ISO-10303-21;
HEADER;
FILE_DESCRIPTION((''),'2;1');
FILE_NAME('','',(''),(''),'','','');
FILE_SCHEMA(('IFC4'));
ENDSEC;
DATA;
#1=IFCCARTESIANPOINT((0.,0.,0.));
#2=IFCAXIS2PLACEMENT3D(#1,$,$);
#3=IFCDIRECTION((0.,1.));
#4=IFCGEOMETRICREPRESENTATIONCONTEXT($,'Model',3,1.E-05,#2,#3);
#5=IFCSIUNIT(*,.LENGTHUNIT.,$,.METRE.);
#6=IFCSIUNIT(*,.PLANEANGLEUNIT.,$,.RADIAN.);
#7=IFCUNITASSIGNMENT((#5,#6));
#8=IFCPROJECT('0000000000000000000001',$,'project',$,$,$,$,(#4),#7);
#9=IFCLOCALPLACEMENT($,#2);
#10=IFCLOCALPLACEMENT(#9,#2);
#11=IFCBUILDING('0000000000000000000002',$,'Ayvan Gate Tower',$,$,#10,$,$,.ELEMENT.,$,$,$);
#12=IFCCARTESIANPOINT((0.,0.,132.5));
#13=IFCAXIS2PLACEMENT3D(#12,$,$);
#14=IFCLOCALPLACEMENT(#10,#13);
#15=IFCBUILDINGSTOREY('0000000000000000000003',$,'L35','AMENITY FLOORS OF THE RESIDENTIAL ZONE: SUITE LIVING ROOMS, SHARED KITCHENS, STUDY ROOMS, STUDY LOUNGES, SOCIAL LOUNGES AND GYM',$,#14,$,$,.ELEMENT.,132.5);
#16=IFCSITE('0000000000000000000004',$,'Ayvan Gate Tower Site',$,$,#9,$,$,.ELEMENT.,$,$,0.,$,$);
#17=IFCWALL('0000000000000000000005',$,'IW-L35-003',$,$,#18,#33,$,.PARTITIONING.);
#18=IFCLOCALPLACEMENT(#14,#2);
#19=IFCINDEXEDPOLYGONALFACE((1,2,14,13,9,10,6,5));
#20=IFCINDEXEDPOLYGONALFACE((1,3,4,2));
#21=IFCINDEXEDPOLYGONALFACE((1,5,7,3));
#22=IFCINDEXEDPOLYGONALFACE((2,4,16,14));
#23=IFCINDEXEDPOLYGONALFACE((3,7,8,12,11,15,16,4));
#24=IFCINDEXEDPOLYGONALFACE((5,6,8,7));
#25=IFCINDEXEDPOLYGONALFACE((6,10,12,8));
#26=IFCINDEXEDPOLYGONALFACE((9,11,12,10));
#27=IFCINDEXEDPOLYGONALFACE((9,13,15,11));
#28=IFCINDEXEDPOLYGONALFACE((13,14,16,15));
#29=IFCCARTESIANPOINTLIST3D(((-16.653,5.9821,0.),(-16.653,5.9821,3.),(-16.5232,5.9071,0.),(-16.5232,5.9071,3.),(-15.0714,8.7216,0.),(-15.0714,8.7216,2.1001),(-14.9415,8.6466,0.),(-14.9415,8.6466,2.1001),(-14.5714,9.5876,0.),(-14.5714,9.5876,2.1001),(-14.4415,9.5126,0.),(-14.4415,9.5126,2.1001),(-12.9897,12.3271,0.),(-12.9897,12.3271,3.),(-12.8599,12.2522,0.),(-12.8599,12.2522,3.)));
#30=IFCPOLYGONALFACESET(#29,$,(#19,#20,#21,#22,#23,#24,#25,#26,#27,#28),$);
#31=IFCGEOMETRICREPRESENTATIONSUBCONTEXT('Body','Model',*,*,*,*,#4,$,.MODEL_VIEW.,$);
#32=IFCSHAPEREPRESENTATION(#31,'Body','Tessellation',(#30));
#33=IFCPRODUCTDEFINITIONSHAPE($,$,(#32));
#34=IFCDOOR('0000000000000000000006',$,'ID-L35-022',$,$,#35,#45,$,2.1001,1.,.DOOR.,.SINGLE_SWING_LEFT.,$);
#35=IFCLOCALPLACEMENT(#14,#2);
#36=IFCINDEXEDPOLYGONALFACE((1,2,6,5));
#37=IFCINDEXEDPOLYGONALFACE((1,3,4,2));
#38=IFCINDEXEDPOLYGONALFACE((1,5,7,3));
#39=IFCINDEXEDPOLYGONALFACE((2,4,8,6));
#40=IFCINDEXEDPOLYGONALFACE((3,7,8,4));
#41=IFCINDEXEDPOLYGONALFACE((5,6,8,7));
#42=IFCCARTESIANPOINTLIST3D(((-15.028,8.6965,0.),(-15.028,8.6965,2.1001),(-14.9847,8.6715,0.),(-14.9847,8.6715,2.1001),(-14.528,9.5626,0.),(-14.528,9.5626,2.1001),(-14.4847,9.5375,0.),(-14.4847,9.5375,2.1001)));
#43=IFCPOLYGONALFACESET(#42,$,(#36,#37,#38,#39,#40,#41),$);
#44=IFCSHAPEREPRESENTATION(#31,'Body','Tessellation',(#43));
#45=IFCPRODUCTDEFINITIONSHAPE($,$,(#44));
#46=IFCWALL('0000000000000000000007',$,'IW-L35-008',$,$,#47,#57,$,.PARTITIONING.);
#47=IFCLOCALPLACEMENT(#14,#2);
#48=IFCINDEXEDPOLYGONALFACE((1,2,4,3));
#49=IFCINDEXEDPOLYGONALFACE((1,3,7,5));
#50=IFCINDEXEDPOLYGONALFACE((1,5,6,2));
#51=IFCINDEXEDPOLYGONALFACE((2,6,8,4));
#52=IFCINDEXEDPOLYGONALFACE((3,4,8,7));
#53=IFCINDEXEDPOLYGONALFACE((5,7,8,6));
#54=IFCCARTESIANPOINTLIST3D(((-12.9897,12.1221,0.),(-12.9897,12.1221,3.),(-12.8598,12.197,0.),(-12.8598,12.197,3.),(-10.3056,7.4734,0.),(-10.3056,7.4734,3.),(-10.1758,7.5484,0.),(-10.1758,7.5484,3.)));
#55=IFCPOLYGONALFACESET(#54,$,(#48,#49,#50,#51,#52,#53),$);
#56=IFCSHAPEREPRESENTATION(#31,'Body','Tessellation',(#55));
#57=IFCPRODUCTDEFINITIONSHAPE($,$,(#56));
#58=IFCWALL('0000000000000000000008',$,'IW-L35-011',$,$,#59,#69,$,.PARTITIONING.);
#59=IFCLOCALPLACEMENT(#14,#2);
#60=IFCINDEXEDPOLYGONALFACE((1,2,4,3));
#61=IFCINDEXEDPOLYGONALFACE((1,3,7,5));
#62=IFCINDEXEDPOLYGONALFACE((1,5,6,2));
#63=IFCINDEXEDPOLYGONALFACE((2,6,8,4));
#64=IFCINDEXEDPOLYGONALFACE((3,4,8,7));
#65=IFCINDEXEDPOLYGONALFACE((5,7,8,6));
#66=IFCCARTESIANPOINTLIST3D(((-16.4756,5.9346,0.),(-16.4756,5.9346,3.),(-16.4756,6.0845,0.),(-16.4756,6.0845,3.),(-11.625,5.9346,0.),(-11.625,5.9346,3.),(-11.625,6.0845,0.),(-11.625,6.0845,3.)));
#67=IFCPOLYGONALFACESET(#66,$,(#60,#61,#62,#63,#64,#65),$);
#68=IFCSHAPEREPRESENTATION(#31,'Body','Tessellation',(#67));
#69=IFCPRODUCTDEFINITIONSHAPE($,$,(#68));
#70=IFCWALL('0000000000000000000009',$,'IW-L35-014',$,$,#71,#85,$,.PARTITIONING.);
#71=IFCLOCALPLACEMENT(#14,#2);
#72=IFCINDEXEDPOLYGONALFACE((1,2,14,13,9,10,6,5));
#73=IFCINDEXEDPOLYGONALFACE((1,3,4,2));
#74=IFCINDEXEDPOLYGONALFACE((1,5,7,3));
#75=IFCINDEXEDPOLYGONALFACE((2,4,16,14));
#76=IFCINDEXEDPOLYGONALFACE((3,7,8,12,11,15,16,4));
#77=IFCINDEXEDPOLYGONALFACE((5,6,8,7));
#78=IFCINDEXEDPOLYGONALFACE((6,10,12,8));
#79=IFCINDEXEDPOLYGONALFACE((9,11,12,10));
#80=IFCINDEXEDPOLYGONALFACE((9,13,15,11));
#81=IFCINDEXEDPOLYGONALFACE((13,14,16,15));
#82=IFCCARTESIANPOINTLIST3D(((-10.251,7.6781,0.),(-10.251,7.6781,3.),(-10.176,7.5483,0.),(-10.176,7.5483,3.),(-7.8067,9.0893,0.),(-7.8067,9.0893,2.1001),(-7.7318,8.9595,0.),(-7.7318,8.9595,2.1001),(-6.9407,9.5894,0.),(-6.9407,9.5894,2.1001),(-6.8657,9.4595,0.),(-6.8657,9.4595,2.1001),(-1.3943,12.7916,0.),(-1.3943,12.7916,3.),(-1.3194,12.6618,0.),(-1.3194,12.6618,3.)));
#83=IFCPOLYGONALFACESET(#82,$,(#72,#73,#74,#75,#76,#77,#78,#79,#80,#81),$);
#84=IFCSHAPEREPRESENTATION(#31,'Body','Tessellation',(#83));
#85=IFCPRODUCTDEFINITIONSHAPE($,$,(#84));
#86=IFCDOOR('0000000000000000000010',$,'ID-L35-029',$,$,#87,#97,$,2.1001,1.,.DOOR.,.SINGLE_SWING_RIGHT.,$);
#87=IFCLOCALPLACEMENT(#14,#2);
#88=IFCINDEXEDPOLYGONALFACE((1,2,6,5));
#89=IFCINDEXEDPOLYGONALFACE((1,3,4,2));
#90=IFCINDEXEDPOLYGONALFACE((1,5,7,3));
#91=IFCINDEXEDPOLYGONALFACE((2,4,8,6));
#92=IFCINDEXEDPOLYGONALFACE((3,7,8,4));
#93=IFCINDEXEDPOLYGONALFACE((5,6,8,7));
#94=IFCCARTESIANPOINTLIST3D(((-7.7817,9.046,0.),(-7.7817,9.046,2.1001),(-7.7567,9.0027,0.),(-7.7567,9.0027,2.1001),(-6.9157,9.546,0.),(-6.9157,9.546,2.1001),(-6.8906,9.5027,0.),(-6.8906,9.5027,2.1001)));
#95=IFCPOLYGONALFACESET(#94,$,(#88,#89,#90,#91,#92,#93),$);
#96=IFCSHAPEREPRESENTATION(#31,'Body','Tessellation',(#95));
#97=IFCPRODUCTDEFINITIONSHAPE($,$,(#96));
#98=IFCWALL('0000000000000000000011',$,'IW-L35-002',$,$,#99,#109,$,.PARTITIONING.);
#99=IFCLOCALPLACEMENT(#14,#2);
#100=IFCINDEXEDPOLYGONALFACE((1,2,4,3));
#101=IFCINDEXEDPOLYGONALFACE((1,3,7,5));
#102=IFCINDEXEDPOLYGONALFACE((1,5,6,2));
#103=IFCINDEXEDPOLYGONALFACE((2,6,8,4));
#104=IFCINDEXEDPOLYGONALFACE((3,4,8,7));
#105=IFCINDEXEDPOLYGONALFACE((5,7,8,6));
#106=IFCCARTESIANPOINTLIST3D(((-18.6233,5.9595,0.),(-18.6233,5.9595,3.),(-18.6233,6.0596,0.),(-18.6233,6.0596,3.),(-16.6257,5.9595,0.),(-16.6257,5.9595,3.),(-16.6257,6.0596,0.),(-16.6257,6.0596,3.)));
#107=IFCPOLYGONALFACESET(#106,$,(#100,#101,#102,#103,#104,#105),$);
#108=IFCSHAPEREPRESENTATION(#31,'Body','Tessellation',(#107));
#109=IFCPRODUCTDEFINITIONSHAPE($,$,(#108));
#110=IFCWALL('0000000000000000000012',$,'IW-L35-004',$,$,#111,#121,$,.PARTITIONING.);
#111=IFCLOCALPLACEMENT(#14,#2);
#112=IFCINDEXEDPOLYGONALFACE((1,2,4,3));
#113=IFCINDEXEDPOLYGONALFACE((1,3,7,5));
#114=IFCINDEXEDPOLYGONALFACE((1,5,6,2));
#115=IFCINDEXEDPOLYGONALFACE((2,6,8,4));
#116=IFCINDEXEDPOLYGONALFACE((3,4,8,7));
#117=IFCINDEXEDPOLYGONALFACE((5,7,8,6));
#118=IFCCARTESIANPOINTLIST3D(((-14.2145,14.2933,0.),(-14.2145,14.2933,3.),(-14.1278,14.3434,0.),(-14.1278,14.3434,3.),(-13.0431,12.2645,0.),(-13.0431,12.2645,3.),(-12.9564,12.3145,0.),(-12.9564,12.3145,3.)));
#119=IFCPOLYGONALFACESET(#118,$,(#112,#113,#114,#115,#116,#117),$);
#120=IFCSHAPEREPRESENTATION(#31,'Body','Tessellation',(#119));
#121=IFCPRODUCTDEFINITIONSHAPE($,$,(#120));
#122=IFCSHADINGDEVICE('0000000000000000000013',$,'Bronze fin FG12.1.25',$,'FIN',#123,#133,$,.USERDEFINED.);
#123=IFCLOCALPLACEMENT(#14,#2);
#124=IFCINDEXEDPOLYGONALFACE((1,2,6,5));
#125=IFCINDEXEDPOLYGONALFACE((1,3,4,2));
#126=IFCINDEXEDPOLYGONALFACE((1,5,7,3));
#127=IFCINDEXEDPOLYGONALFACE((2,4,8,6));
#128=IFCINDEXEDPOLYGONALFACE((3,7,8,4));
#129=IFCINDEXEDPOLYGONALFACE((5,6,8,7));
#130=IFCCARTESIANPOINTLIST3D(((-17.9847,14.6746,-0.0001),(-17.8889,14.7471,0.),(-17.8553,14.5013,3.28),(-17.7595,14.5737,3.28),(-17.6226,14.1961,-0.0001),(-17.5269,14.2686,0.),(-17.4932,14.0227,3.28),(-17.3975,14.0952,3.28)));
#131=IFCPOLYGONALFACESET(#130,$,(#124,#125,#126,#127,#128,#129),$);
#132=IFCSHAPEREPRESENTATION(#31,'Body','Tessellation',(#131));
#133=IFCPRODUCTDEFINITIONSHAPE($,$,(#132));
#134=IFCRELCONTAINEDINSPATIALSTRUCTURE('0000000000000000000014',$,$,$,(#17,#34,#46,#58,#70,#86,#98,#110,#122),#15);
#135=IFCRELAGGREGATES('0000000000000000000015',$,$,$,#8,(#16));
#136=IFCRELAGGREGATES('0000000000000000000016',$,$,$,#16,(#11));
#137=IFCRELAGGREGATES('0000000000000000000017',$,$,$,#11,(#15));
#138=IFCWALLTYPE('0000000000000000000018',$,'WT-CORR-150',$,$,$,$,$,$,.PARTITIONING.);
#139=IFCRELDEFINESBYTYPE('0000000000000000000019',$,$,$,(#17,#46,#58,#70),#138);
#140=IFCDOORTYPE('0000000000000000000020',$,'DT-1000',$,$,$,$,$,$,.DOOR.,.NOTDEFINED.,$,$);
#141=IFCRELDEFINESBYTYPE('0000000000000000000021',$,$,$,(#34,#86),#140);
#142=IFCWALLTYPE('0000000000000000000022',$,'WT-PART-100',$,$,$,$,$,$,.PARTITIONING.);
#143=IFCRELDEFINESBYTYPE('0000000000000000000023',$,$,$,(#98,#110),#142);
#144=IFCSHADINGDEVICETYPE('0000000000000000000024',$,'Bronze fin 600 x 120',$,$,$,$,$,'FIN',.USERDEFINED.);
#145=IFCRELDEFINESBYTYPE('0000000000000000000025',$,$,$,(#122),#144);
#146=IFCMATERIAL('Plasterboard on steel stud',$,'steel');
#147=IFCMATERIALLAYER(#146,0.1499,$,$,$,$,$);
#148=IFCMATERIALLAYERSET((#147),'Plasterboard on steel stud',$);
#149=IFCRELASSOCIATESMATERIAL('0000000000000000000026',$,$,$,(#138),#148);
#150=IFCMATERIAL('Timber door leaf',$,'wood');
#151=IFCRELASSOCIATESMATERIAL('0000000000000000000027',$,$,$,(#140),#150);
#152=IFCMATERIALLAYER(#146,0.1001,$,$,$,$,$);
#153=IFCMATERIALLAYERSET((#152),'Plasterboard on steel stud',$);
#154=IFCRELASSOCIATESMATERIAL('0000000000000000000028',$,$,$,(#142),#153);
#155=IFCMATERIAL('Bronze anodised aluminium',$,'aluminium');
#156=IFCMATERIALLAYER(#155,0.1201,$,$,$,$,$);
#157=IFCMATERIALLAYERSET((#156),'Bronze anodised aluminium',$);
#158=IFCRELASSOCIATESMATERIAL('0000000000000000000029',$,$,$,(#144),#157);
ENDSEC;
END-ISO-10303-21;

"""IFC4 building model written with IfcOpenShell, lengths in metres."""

from ifc_helpers import new_model, si_unit, direction, frame, frame_2d, origin, place, context, subcontext, project, spatial, polyline, rectangle, outline, extrude, material, layer, layer_set, type_object, element, fill, save


model = new_model("IFC4")

# Units and contexts
model_context = context("Model", 3, precision=1e-05, world=origin(), true_north=direction((0.0, 1.0)))
body_context = subcontext(model_context, "Body", "Model", "MODEL_VIEW")
ifc_project = project(units=[si_unit("LENGTHUNIT", "METRE"), si_unit("PLANEANGLEUNIT", "RADIAN")], contexts=[model_context])

# Site, building, storey
site_placement = place(None, origin())
site = spatial("IfcSite", under=ifc_project, at=site_placement, Name="Ayvan Gate Tower Site", CompositionType="ELEMENT", RefElevation=0.0)
building_placement = place(site_placement, origin())
building = spatial("IfcBuilding", under=site, at=building_placement, Name="Ayvan Gate Tower", CompositionType="ELEMENT")
storey_placement = place(building_placement, frame((0.0, 0.0, 132.5)))
storey = spatial("IfcBuildingStorey", under=building, at=storey_placement, Name="L35", Description="AMENITY FLOORS OF THE RESIDENTIAL ZONE: SUITE LIVING ROOMS, SHARED KITCHENS, STUDY ROOMS, STUDY LOUNGES, SOCIAL LOUNGES AND GYM", CompositionType="ELEMENT", Elevation=132.5)

# Shared definitions
ifc_material_1 = material(Name="Bronze anodised aluminium", Category="aluminium")

# Wall, opening, door
ifc_material_2 = material(Name="Timber door leaf", Category="wood")
ifc_material_3 = material(Name="Plasterboard on steel stud", Category="steel")
ifc_layer_1 = layer(ifc_material_3, 0.1499)
ifc_layer_set_1 = layer_set([ifc_layer_1], Name="Plasterboard on steel stud")
wall_type_1 = type_object("IfcWallType", Name="WT-CORR-150", PredefinedType="PARTITIONING", material=ifc_layer_set_1)
wall_1_placement = place(storey_placement, frame((-16.5881, 5.9446, 0.0), z_axis=(0.0, 0.0, 1.0), x_axis=(0.500006, 0.866022, 0.0)))
wall_1 = element("IfcWall", 1, at=wall_1_placement, inside=storey, type_object=wall_type_1, Name="IW-L35-003", PredefinedType="PARTITIONING", context=body_context, shape_type="SweptSolid", body=[
    extrude(rectangle(XDim=7.3267, YDim=0.1499, at=frame_2d((3.6633, 0.0))), origin(), (0.0, 0.0, 1.0), 3.0),
])
opening_1_placement = place(wall_1_placement, frame((3.1633, 0.0, 0.0)))
opening_1 = element("IfcOpeningElement", 2, at=opening_1_placement, cuts=wall_1, PredefinedType="OPENING", context=body_context, shape_type="SweptSolid", body=[
    extrude(rectangle(XDim=1.0, YDim=2.1001, at=frame_2d((0.5, 1.05))), frame((0.0, 0.085, 0.0), z_axis=(0.0, -1.0, 0.0), x_axis=(1.0, 0.0, 0.0)), (0.0, 0.0, 1.0), 0.1699),
])
door_type_1 = type_object("IfcDoorType", Name="DT-1000", OperationType="NOTDEFINED", PredefinedType="DOOR", material=ifc_material_2)
door_1_placement = place(opening_1_placement, origin())
door_1 = element("IfcDoor", 3, at=door_1_placement, inside=storey, type_object=door_type_1, Name="ID-L35-022", OperationType="SINGLE_SWING_LEFT", OverallHeight=2.1001, OverallWidth=1.0, PredefinedType="DOOR", context=body_context, shape_type="SweptSolid", body=[
    extrude(rectangle(XDim=1.0, YDim=2.1001, at=frame_2d((0.5, 1.05))), frame((0.0, 0.0249, 0.0), z_axis=(0.0, -1.0, 0.0), x_axis=(1.0, 0.0, 0.0)), (0.0, 0.0, 1.0), 0.05),
])
fill(opening_1, door_1)

# Walls
wall_2_placement = place(storey_placement, frame((-12.9248, 12.1597, 0.0), z_axis=(0.0, 0.0, 1.0), x_axis=(0.500023, -0.866012, 0.0)))
element("IfcWall", 4, at=wall_2_placement, inside=storey, type_object=wall_type_1, Name="IW-L35-008", PredefinedType="PARTITIONING", context=body_context, shape_type="SweptSolid", body=[
    extrude(rectangle(XDim=5.3679, YDim=0.1499, at=frame_2d((2.6841, 0.0))), origin(), (0.0, 0.0, 1.0), 3.0),
])
wall_3_placement = place(storey_placement, frame((-11.625, 6.0095, 0.0), z_axis=(0.0, 0.0, 1.0), x_axis=(-1.0, 0.0, 0.0)))
element("IfcWall", 5, at=wall_3_placement, inside=storey, type_object=wall_type_1, Name="IW-L35-011", PredefinedType="PARTITIONING", context=body_context, shape_type="SweptSolid", body=[
    extrude(rectangle(XDim=4.8506, YDim=0.1499, at=frame_2d((2.4253, 0.0))), origin(), (0.0, 0.0, 1.0), 3.0),
])

# Wall, opening, door
wall_4_placement = place(storey_placement, frame((-10.2134, 7.6133, 0.0), z_axis=(0.0, 0.0, 1.0), x_axis=(0.866021, 0.500008, 0.0)))
wall_4 = element("IfcWall", 6, at=wall_4_placement, inside=storey, type_object=wall_type_1, Name="IW-L35-014", PredefinedType="PARTITIONING", context=body_context, shape_type="SweptSolid", body=[
    extrude(rectangle(XDim=10.2268, YDim=0.1499, at=frame_2d((5.1133, 0.0))), origin(), (0.0, 0.0, 1.0), 3.0),
])
opening_2_placement = place(wall_4_placement, frame((2.8223, 0.0, 0.0)))
opening_2 = element("IfcOpeningElement", 7, at=opening_2_placement, cuts=wall_4, PredefinedType="OPENING", context=body_context, shape_type="SweptSolid", body=[
    extrude(rectangle(XDim=1.0, YDim=2.1001, at=frame_2d((0.5, 1.05))), frame((0.0, 0.085, 0.0), z_axis=(0.0, -1.0, 0.0), x_axis=(1.0, 0.0, 0.0)), (0.0, 0.0, 1.0), 0.1699),
])
door_2_placement = place(opening_2_placement, origin())
door_2 = element("IfcDoor", 8, at=door_2_placement, inside=storey, type_object=door_type_1, Name="ID-L35-029", OperationType="SINGLE_SWING_RIGHT", OverallHeight=2.1001, OverallWidth=1.0, PredefinedType="DOOR", context=body_context, shape_type="SweptSolid", body=[
    extrude(rectangle(XDim=1.0, YDim=2.1001, at=frame_2d((0.5, 1.05))), frame((0.0, 0.0249, 0.0), z_axis=(0.0, -1.0, 0.0), x_axis=(1.0, 0.0, 0.0)), (0.0, 0.0, 1.0), 0.05),
])
fill(opening_2, door_2)

# Walls
ifc_layer_2 = layer(ifc_material_3, 0.1001)
ifc_layer_set_2 = layer_set([ifc_layer_2], Name="Plasterboard on steel stud")
wall_type_2 = type_object("IfcWallType", Name="WT-PART-100", PredefinedType="PARTITIONING", material=ifc_layer_set_2)
wall_5_placement = place(storey_placement, frame((-16.6257, 6.0095, 0.0), z_axis=(0.0, 0.0, 1.0), x_axis=(-1.0, 0.0, 0.0)))
element("IfcWall", 9, at=wall_5_placement, inside=storey, type_object=wall_type_2, Name="IW-L35-002", PredefinedType="PARTITIONING", context=body_context, shape_type="SweptSolid", body=[
    extrude(rectangle(XDim=1.9976, YDim=0.1001, at=frame_2d((0.9988, 0.0))), origin(), (0.0, 0.0, 1.0), 3.0),
])
wall_6_placement = place(storey_placement, frame((-14.1711, 14.3184, 0.0), z_axis=(0.0, 0.0, 1.0), x_axis=(0.500017, -0.866016, 0.0)))
element("IfcWall", 10, at=wall_6_placement, inside=storey, type_object=wall_type_2, Name="IW-L35-004", PredefinedType="PARTITIONING", context=body_context, shape_type="SweptSolid", body=[
    extrude(rectangle(XDim=2.3428, YDim=0.1001, at=frame_2d((1.1714, 0.0))), origin(), (0.0, 0.0, 1.0), 3.0),
])

# Shading device
ifc_layer_3 = layer(ifc_material_1, 0.1201)
ifc_layer_set_3 = layer_set([ifc_layer_3], Name="Bronze anodised aluminium")
shading_device_type = type_object("IfcShadingDeviceType", Name="Bronze fin 600 x 120", ElementType="FIN", PredefinedType="USERDEFINED", material=ifc_layer_set_3)
shading_device_placement = place(storey_placement, frame((-17.5269, 14.2686, 0.0), z_axis=(0.797454, 0.60338, 0.000428), x_axis=(-0.60338, 0.797454, 0.0)))
element("IfcShadingDevice", 11, at=shading_device_placement, inside=storey, type_object=shading_device_type, Name="Bronze fin FG12.1.25", ObjectType="FIN", PredefinedType="USERDEFINED", context=body_context, shape_type="SweptSolid", body=[
    extrude(outline(polyline([(0.0, 0.0), (0.6001, 0.0), (0.3837, 3.28), (-0.2163, 3.28), (0.0, 0.0)])), origin(), (0.0, 0.0, -1.0), 0.1201),
])

save(model, "model.ifc")
